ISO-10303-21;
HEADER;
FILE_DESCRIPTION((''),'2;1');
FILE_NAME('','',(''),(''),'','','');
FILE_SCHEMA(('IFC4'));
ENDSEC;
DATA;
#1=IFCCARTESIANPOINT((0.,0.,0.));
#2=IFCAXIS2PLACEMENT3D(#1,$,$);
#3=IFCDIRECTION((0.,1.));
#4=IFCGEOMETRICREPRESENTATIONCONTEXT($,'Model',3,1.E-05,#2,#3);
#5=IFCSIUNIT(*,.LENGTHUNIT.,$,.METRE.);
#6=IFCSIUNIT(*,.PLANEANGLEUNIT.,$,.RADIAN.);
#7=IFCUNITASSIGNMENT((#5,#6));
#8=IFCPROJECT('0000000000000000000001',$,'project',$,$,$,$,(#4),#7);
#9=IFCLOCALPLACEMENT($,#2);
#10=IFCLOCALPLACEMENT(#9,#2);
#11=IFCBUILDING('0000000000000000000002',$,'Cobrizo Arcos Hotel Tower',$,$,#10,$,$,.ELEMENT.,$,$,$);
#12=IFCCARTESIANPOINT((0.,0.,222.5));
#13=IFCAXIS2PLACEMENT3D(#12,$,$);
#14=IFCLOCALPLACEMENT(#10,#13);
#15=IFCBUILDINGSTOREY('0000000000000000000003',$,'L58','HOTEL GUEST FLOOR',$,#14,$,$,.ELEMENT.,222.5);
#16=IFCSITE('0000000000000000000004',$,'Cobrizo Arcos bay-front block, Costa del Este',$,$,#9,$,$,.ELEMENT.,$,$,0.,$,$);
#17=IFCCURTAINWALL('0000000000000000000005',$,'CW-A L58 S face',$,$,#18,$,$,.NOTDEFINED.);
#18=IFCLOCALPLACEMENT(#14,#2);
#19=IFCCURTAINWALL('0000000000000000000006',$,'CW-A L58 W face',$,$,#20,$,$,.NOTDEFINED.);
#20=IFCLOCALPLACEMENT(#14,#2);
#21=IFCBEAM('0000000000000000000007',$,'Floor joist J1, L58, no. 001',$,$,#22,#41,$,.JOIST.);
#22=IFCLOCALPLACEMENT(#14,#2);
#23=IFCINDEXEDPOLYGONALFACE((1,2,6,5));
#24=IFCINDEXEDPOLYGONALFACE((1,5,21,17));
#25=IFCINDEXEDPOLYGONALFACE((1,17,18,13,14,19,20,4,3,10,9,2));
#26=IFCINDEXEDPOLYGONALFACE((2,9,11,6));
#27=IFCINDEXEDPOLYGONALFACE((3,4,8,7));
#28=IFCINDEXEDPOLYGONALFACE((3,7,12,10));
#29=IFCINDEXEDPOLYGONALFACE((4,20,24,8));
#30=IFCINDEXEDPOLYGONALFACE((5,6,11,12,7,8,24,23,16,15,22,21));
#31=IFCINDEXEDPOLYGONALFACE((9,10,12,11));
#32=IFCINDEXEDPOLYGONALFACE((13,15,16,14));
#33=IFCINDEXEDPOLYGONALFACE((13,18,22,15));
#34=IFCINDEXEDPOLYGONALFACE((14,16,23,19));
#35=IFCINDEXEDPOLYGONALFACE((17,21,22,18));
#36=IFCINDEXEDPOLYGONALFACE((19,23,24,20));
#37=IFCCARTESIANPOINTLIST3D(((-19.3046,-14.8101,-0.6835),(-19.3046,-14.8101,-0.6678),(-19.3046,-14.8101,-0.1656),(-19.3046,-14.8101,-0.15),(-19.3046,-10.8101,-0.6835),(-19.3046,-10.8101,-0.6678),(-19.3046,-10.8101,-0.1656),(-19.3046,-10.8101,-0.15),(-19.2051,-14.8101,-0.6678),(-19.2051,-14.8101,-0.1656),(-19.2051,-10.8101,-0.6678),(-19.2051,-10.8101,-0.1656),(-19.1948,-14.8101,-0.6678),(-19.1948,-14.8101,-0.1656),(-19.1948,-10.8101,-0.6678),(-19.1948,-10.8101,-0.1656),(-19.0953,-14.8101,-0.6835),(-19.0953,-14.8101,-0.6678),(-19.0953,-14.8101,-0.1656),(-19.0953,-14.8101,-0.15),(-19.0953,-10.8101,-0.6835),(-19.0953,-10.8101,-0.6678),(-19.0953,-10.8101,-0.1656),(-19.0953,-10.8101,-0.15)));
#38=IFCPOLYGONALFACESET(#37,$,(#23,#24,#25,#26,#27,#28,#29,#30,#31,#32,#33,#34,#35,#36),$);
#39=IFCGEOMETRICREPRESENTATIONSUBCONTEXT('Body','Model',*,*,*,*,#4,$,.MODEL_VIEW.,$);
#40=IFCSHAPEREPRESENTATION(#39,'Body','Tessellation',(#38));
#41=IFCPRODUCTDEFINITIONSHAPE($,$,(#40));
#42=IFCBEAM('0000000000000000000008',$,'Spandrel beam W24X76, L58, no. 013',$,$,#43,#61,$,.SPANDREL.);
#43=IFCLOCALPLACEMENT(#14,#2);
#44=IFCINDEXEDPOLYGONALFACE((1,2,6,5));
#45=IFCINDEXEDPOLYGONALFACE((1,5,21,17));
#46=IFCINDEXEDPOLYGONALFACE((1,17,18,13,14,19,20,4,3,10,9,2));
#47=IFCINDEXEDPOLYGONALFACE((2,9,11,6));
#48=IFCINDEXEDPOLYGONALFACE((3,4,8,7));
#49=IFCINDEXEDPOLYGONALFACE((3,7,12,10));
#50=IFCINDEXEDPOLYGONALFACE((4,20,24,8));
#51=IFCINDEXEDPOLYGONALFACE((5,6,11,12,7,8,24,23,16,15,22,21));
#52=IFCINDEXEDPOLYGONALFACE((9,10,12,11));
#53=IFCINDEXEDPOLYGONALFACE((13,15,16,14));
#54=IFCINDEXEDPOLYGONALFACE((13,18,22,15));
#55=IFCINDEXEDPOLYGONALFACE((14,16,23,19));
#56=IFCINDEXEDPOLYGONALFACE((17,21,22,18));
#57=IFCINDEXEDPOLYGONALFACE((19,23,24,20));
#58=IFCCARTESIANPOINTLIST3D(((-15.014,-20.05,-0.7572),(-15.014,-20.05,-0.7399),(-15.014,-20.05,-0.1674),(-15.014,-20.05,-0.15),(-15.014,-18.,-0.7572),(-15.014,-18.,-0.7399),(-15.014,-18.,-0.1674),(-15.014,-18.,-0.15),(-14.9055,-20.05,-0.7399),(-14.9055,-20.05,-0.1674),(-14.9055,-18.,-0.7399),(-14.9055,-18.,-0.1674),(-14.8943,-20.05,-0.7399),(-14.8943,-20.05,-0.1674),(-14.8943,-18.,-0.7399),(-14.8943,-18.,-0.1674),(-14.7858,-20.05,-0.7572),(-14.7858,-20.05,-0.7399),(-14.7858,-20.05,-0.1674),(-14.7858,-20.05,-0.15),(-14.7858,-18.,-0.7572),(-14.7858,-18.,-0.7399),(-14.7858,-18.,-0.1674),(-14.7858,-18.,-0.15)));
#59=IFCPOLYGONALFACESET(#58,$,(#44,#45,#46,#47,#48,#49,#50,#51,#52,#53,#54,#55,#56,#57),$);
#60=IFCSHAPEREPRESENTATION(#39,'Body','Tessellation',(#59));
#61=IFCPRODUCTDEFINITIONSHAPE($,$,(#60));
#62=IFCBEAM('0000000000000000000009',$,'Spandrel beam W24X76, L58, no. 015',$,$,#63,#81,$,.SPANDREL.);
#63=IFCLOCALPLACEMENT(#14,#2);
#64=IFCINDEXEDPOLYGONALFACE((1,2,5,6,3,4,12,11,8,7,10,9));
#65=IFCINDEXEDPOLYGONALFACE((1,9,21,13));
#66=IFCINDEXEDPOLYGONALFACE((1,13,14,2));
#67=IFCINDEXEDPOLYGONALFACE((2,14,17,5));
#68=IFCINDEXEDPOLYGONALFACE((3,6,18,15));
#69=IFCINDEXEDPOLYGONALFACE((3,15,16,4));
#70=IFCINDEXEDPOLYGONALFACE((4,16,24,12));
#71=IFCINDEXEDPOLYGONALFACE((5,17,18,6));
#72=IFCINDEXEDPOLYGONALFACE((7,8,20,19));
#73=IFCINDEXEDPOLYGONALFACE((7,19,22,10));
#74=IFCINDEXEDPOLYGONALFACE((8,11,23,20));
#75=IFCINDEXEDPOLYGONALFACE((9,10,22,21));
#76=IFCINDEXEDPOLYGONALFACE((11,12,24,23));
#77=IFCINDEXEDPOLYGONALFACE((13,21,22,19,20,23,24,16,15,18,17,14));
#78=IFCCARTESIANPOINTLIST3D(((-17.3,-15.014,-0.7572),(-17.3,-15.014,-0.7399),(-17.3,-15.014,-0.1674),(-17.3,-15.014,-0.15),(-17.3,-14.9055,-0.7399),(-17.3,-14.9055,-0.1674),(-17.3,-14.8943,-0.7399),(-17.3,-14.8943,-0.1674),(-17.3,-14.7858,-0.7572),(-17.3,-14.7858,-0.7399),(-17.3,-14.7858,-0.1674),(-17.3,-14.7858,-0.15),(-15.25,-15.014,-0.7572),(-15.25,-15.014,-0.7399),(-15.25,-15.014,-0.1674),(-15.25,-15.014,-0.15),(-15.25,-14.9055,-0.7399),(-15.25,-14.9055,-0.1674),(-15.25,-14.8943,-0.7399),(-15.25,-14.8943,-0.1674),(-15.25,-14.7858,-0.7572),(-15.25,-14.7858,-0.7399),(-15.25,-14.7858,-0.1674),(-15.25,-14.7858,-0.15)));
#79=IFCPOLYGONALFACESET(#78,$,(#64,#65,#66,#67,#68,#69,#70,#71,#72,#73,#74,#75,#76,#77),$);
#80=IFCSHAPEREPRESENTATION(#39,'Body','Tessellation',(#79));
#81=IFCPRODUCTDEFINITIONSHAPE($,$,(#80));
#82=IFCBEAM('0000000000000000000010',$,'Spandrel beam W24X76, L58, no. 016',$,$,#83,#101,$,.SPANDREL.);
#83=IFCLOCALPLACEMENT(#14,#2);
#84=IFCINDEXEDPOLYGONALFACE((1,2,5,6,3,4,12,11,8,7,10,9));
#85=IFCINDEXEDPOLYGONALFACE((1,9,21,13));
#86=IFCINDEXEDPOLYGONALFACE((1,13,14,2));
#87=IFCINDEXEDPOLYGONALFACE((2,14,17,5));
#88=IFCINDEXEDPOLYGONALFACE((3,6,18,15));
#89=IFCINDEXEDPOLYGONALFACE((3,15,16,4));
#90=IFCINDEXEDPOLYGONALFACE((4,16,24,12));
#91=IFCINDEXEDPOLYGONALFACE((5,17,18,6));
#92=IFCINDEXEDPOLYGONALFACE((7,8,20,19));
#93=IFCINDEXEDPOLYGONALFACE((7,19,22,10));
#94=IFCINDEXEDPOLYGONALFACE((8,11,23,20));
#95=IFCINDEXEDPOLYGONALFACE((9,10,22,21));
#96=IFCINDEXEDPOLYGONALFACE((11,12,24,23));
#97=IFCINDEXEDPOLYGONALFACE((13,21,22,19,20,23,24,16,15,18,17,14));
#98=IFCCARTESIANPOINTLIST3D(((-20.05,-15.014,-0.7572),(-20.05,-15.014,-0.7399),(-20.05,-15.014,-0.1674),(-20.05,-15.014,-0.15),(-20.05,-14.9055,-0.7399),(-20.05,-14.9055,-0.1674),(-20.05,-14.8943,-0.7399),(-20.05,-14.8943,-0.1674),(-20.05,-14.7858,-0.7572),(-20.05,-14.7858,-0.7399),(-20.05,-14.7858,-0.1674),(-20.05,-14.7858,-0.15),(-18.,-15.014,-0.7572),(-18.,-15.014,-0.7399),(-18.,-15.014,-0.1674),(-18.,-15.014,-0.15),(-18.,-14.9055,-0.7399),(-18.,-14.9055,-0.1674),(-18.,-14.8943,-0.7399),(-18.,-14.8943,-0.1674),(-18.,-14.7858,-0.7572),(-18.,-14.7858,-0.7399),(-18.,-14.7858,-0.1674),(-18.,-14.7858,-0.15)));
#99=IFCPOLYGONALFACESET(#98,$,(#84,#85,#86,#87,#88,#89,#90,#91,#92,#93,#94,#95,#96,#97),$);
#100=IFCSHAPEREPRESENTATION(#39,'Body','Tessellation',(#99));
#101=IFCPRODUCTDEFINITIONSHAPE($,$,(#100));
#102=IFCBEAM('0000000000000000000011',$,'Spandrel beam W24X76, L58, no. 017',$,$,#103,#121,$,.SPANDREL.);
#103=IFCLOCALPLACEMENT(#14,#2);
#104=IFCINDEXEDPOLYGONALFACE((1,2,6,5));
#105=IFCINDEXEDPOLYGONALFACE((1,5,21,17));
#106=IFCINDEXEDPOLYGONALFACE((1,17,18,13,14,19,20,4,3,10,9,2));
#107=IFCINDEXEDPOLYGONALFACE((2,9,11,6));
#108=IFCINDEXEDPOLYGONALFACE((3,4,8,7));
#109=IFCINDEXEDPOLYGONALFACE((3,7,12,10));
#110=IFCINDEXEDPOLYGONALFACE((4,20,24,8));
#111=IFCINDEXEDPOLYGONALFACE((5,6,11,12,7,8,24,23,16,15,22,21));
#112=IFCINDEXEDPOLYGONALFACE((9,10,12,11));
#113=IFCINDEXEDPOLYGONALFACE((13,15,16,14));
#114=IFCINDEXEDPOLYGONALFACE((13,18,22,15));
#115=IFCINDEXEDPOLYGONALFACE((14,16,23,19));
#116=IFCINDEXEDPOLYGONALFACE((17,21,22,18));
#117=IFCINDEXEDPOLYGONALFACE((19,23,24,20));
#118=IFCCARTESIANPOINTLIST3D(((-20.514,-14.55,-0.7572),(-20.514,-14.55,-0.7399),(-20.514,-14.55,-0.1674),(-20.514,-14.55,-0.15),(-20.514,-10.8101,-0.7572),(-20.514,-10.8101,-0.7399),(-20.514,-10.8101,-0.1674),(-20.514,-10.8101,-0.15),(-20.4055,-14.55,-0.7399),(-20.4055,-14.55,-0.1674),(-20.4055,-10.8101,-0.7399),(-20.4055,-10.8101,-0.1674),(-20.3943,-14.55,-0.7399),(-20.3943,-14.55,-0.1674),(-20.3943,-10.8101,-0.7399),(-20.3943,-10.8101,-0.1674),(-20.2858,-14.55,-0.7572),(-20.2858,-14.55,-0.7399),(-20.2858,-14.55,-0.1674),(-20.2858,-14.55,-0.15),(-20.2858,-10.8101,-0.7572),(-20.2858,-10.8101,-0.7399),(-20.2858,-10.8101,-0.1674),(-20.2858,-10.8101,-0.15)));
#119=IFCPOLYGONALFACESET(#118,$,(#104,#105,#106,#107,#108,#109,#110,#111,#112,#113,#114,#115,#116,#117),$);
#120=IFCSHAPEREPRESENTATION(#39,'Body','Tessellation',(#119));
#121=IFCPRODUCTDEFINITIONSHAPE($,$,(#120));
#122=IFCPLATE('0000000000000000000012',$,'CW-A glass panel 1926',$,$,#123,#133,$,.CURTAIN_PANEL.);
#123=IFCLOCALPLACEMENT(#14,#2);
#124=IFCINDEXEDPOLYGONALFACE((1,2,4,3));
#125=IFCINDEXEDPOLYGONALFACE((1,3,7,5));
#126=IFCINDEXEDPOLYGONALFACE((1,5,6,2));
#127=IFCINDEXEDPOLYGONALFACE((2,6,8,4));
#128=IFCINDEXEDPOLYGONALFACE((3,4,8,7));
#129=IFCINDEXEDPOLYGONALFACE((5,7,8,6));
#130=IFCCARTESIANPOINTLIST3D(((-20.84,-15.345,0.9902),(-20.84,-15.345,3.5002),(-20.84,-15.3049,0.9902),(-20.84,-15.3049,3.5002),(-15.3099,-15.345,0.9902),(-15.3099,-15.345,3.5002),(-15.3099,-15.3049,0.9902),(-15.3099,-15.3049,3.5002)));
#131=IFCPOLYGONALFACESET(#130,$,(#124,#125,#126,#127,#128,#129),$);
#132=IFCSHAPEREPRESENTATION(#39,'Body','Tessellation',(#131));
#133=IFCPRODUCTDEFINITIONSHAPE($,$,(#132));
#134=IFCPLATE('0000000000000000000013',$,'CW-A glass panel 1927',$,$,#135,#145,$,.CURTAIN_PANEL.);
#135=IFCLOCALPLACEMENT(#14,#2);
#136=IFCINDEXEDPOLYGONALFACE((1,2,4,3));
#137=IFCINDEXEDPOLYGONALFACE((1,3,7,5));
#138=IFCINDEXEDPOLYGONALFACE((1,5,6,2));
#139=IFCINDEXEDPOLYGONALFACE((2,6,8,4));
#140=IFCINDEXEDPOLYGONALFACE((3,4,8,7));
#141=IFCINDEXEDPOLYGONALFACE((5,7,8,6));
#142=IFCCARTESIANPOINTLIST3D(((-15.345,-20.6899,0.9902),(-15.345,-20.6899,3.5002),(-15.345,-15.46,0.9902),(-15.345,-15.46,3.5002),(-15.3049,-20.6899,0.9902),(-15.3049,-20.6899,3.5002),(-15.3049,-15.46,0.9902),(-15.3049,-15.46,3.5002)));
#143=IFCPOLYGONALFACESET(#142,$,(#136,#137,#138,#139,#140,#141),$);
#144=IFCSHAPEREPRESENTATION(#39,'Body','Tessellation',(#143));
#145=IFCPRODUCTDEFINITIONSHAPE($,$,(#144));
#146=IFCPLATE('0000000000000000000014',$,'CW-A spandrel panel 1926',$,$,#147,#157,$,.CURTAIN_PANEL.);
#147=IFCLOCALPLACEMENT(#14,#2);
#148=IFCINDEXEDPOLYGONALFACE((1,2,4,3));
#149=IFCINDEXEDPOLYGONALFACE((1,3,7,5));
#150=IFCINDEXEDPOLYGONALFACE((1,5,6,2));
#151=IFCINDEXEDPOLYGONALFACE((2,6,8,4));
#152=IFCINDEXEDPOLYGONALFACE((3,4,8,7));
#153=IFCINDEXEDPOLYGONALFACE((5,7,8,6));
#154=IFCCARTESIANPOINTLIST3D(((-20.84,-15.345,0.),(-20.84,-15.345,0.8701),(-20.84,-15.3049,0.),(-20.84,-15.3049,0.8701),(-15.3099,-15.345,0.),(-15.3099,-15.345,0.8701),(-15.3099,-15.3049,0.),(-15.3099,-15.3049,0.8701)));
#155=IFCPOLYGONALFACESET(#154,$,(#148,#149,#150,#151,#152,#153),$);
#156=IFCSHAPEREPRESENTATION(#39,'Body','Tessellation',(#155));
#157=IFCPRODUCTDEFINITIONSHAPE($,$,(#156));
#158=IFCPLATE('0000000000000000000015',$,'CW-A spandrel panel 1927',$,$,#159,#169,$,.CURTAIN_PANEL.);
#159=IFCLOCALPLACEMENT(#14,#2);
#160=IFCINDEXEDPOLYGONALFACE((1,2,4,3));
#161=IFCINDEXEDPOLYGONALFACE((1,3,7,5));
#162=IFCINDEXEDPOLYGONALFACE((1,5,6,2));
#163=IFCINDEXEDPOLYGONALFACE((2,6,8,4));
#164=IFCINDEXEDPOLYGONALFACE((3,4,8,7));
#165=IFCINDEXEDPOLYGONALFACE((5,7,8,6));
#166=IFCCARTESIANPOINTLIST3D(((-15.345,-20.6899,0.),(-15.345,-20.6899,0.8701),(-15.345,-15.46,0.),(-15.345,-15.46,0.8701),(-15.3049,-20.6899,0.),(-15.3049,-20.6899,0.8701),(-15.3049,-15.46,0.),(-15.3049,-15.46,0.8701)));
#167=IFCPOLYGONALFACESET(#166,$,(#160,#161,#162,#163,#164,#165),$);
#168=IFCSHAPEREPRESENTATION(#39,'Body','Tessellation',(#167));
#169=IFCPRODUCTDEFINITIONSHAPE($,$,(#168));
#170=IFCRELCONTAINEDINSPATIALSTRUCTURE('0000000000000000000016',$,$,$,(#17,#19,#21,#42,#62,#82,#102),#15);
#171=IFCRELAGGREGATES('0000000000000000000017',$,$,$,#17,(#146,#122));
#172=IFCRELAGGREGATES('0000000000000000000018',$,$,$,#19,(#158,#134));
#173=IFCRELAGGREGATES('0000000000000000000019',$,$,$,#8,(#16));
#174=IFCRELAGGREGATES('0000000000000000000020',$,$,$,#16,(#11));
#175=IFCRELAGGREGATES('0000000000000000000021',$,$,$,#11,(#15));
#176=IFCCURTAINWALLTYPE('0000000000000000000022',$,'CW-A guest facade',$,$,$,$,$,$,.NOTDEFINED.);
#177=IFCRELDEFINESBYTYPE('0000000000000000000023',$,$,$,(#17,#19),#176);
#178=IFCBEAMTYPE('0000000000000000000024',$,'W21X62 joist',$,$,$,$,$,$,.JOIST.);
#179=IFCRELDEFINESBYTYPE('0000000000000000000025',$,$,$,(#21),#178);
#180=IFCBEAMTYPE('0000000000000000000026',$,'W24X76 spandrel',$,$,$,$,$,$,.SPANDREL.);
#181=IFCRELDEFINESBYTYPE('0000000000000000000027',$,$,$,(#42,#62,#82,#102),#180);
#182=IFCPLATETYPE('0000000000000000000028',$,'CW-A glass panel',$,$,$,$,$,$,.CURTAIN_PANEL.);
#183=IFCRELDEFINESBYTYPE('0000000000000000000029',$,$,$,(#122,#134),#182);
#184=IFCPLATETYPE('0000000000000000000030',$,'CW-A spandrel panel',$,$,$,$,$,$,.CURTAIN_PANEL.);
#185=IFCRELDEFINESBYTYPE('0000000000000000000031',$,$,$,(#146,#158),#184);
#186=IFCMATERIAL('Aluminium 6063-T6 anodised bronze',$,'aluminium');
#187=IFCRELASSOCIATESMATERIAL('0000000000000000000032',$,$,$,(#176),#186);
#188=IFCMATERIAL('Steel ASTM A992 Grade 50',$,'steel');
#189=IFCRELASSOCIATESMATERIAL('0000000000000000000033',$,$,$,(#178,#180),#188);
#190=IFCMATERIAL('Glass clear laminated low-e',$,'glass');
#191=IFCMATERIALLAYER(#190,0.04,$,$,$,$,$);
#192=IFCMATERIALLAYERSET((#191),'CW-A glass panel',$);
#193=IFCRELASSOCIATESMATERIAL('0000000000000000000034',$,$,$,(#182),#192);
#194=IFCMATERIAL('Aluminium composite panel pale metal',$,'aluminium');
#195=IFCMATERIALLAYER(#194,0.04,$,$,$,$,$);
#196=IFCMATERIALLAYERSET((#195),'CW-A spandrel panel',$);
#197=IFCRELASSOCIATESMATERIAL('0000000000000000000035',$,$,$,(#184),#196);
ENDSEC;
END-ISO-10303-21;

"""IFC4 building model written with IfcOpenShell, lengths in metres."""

from ifc_helpers import new_model, si_unit, direction, frame, origin, origin_2d, place, context, subcontext, project, spatial, rectangle, i_section, extrude, material, layer, layer_set, material_profile, profile_set, type_object, element, aggregate, save


model = new_model("IFC4")

# Units and contexts
model_context = context("Model", 3, precision=1e-05, world=origin(), true_north=direction((0.0, 1.0)))
body_context = subcontext(model_context, "Body", "Model", "MODEL_VIEW")
ifc_project = project(units=[si_unit("LENGTHUNIT", "METRE"), si_unit("PLANEANGLEUNIT", "RADIAN")], contexts=[model_context])

# Site, building, storey
site_placement = place(None, origin())
site = spatial("IfcSite", under=ifc_project, at=site_placement, Name="Cobrizo Arcos bay-front block, Costa del Este", CompositionType="ELEMENT", RefElevation=0.0)
building_placement = place(site_placement, origin())
building = spatial("IfcBuilding", under=site, at=building_placement, Name="Cobrizo Arcos Hotel Tower", CompositionType="ELEMENT")
storey_placement = place(building_placement, frame((0.0, 0.0, 222.5)))
storey = spatial("IfcBuildingStorey", under=building, at=storey_placement, Name="L58", Description="HOTEL GUEST FLOOR", CompositionType="ELEMENT", Elevation=222.5)

# Shared definitions
ifc_material_1 = material(Name="Aluminium 6063-T6 anodised bronze", Category="aluminium")
curtain_wall_type = type_object("IfcCurtainWallType", Name="CW-A guest facade", PredefinedType="NOTDEFINED", material=ifc_material_1)

# Curtain walls
curtain_wall_1_placement = place(storey_placement, origin())
curtain_wall_1 = element("IfcCurtainWall", 1, at=curtain_wall_1_placement, inside=storey, type_object=curtain_wall_type, Name="CW-A L58 S face", PredefinedType="NOTDEFINED")
curtain_wall_2_placement = place(storey_placement, origin())
curtain_wall_2 = element("IfcCurtainWall", 2, at=curtain_wall_2_placement, inside=storey, type_object=curtain_wall_type, Name="CW-A L58 W face", PredefinedType="NOTDEFINED")

# Beams
ifc_material_2 = material(Name="Steel ASTM A992 Grade 50", Category="steel")
ifc_material_profile_1 = material_profile(ifc_material_2, i_section(OverallWidth=0.2092, OverallDepth=0.5334, WebThickness=0.0103, FlangeThickness=0.0156, at=origin_2d()), Name="W21X62")
ifc_profile_set_1 = profile_set([ifc_material_profile_1], Name="Steel ASTM A992 Grade 50")
beam_type_1 = type_object("IfcBeamType", Name="W21X62 joist", PredefinedType="JOIST", material=ifc_profile_set_1)
beam_1_placement = place(storey_placement, frame((-19.2, -14.8101, -0.4167), z_axis=(0.0, 1.0, 0.0), x_axis=(-1.0, 0.0, 0.0)))
element("IfcBeam", 3, at=beam_1_placement, inside=storey, type_object=beam_type_1, Name="Floor joist J1, L58, no. 001", PredefinedType="JOIST", context=body_context, shape_type="SweptSolid", body=[
    extrude(i_section(OverallWidth=0.2092, OverallDepth=0.5334, WebThickness=0.0103, FlangeThickness=0.0156, at=origin_2d()), origin(), (0.0, 0.0, 1.0), 4.0),
])
ifc_material_profile_2 = material_profile(ifc_material_2, i_section(OverallWidth=0.2283, OverallDepth=0.6072, WebThickness=0.0112, FlangeThickness=0.0173, at=origin_2d()), Name="W24X76")
ifc_profile_set_2 = profile_set([ifc_material_profile_2], Name="Steel ASTM A992 Grade 50")
beam_type_2 = type_object("IfcBeamType", Name="W24X76 spandrel", PredefinedType="SPANDREL", material=ifc_profile_set_2)
for number, where, z_axis, x_axis, name in (
    (4, (-14.8999, -20.05, -0.4536), (0.0, 1.0, 0.0), (-1.0, 0.0, 0.0), "Spandrel beam W24X76, L58, no. 013"),
    (5, (-15.25, -14.8999, -0.4536), (-1.0, 0.0, 0.0), (0.0, -1.0, 0.0), "Spandrel beam W24X76, L58, no. 015"),
    (6, (-18.0, -14.8999, -0.4536), (-1.0, 0.0, 0.0), (0.0, -1.0, 0.0), "Spandrel beam W24X76, L58, no. 016"),
):
    element("IfcBeam", number, at=place(storey_placement, frame(where, z_axis=z_axis, x_axis=x_axis)), inside=storey, type_object=beam_type_2, Name=name, PredefinedType="SPANDREL", context=body_context, shape_type="SweptSolid", body=[
        extrude(i_section(OverallWidth=0.2283, OverallDepth=0.6072, WebThickness=0.0112, FlangeThickness=0.0173, at=origin_2d()), origin(), (0.0, 0.0, 1.0), 2.05),
    ])
beam_2_placement = place(storey_placement, frame((-20.3999, -14.55, -0.4536), z_axis=(0.0, 1.0, 0.0), x_axis=(-1.0, 0.0, 0.0)))
element("IfcBeam", 7, at=beam_2_placement, inside=storey, type_object=beam_type_2, Name="Spandrel beam W24X76, L58, no. 017", PredefinedType="SPANDREL", context=body_context, shape_type="SweptSolid", body=[
    extrude(i_section(OverallWidth=0.2283, OverallDepth=0.6072, WebThickness=0.0112, FlangeThickness=0.0173, at=origin_2d()), origin(), (0.0, 0.0, 1.0), 3.74),
])

# Plates
ifc_material_3 = material(Name="Glass clear laminated low-e", Category="glass")
ifc_layer_1 = layer(ifc_material_3, 0.04)
ifc_layer_set_1 = layer_set([ifc_layer_1], Name="CW-A glass panel")
plate_type_1 = type_object("IfcPlateType", Name="CW-A glass panel", PredefinedType="CURTAIN_PANEL", material=ifc_layer_set_1)
plate_1_placement = place(storey_placement, frame((-18.075, -15.325, 0.9902), z_axis=(0.0, 0.0, 1.0), x_axis=(1.0, 0.0, 0.0)))
plate_1 = element("IfcPlate", 8, at=plate_1_placement, type_object=plate_type_1, Name="CW-A glass panel 1926", PredefinedType="CURTAIN_PANEL", context=body_context, shape_type="SweptSolid", body=[
    extrude(rectangle(XDim=5.53, YDim=0.04, at=origin_2d()), origin(), (0.0, 0.0, 1.0), 2.51),
])
plate_2_placement = place(storey_placement, frame((-15.325, -18.075, 0.9902), z_axis=(0.0, 0.0, 1.0), x_axis=(0.0, -1.0, 0.0)))
plate_2 = element("IfcPlate", 9, at=plate_2_placement, type_object=plate_type_1, Name="CW-A glass panel 1927", PredefinedType="CURTAIN_PANEL", context=body_context, shape_type="SweptSolid", body=[
    extrude(rectangle(XDim=5.23, YDim=0.04, at=origin_2d()), origin(), (0.0, 0.0, 1.0), 2.51),
])
ifc_material_4 = material(Name="Aluminium composite panel pale metal", Category="aluminium")
ifc_layer_2 = layer(ifc_material_4, 0.04)
ifc_layer_set_2 = layer_set([ifc_layer_2], Name="CW-A spandrel panel")
plate_type_2 = type_object("IfcPlateType", Name="CW-A spandrel panel", PredefinedType="CURTAIN_PANEL", material=ifc_layer_set_2)
plate_3_placement = place(storey_placement, frame((-18.075, -15.325, 0.0), z_axis=(0.0, 0.0, 1.0), x_axis=(1.0, 0.0, 0.0)))
plate_3 = element("IfcPlate", 10, at=plate_3_placement, type_object=plate_type_2, Name="CW-A spandrel panel 1926", PredefinedType="CURTAIN_PANEL", context=body_context, shape_type="SweptSolid", body=[
    extrude(rectangle(XDim=5.53, YDim=0.04, at=origin_2d()), origin(), (0.0, 0.0, 1.0), 0.8701),
])
aggregate(curtain_wall_1, [plate_3, plate_1])
plate_4_placement = place(storey_placement, frame((-15.325, -18.075, 0.0), z_axis=(0.0, 0.0, 1.0), x_axis=(0.0, -1.0, 0.0)))
plate_4 = element("IfcPlate", 11, at=plate_4_placement, type_object=plate_type_2, Name="CW-A spandrel panel 1927", PredefinedType="CURTAIN_PANEL", context=body_context, shape_type="SweptSolid", body=[
    extrude(rectangle(XDim=5.23, YDim=0.04, at=origin_2d()), origin(), (0.0, 0.0, 1.0), 0.8701),
])
aggregate(curtain_wall_2, [plate_4, plate_2])

save(model, "model.ifc")
